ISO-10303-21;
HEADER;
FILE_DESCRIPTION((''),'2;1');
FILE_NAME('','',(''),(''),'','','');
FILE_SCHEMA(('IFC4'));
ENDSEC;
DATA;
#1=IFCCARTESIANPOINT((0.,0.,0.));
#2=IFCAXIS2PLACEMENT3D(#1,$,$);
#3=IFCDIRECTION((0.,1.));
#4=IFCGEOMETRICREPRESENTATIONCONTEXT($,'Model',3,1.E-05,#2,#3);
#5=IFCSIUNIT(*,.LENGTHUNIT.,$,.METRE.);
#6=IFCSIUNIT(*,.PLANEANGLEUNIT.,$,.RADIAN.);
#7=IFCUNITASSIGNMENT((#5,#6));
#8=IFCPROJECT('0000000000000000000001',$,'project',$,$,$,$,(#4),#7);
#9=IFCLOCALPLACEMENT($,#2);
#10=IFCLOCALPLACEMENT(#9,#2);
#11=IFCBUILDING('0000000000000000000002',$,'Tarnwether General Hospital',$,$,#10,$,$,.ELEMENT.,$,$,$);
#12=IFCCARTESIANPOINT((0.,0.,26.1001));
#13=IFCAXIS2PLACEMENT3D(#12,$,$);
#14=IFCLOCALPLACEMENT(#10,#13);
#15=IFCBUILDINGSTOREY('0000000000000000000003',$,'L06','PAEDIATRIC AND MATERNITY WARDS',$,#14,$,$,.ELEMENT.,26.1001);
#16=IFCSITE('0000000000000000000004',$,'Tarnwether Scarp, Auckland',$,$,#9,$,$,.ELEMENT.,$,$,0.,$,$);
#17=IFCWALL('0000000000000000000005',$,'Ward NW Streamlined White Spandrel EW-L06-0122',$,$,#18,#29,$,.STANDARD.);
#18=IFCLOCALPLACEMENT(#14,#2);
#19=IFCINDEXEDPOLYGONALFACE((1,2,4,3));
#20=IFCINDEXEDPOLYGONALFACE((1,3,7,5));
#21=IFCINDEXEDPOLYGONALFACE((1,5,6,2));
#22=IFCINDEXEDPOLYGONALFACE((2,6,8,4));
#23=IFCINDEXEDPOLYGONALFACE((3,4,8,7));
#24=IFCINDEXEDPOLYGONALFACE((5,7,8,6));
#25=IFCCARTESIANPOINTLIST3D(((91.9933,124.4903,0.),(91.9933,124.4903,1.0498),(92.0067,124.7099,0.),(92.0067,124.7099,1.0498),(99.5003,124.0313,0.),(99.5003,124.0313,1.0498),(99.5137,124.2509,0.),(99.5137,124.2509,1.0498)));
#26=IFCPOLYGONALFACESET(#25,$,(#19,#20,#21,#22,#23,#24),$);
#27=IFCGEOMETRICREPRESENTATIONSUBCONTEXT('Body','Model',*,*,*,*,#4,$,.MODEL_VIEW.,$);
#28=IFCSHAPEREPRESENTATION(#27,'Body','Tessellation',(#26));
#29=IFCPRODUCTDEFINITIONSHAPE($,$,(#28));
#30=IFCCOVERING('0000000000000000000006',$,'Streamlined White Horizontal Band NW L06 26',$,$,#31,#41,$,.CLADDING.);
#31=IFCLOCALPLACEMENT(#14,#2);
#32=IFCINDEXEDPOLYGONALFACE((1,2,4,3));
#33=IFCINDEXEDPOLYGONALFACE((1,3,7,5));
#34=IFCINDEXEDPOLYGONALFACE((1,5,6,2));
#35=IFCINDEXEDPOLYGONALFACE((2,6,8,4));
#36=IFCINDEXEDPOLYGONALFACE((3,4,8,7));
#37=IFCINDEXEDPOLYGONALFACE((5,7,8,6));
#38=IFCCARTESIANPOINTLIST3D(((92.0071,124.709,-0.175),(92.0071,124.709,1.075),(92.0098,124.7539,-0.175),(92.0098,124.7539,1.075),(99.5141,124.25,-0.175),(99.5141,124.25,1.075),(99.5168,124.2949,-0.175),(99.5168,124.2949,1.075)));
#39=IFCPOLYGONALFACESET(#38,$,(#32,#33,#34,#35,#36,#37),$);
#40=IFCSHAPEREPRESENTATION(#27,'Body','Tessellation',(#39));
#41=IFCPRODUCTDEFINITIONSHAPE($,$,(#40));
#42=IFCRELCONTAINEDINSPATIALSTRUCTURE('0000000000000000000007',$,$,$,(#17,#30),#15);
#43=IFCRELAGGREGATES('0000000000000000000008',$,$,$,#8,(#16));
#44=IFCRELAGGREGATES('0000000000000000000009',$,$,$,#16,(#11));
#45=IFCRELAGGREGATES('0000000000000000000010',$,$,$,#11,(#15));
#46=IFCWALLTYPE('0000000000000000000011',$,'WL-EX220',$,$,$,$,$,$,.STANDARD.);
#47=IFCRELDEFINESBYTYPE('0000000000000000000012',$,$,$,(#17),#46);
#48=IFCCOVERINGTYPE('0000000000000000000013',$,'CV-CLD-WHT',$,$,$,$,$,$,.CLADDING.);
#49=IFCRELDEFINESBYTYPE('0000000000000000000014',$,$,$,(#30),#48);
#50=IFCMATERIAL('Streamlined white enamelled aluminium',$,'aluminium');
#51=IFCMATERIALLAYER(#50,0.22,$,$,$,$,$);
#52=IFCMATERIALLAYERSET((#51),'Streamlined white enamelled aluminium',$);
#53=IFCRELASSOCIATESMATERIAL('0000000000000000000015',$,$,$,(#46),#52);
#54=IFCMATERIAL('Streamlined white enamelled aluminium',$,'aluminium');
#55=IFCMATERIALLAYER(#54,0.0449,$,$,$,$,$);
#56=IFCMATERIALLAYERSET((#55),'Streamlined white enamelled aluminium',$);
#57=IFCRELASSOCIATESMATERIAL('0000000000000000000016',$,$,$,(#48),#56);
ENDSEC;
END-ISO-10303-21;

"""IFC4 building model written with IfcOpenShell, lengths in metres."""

from ifc_helpers import new_model, si_unit, direction, frame, frame_2d, origin, origin_2d, place, context, subcontext, project, spatial, rectangle, extrude, material, layer, layer_set, type_object, element, save


model = new_model("IFC4")

# Units and contexts
model_context = context("Model", 3, precision=1e-05, world=origin(), true_north=direction((0.0, 1.0)))
body_context = subcontext(model_context, "Body", "Model", "MODEL_VIEW")
ifc_project = project(units=[si_unit("LENGTHUNIT", "METRE"), si_unit("PLANEANGLEUNIT", "RADIAN")], contexts=[model_context])

# Site, building, storey
site_placement = place(None, origin())
site = spatial("IfcSite", under=ifc_project, at=site_placement, Name="Tarnwether Scarp, Auckland", CompositionType="ELEMENT", RefElevation=0.0)
building_placement = place(site_placement, origin())
building = spatial("IfcBuilding", under=site, at=building_placement, Name="Tarnwether General Hospital", CompositionType="ELEMENT")
storey_placement = place(building_placement, frame((0.0, 0.0, 26.1001)))
storey = spatial("IfcBuildingStorey", under=building, at=storey_placement, Name="L06", Description="PAEDIATRIC AND MATERNITY WARDS", CompositionType="ELEMENT", Elevation=26.1001)

# Wall
ifc_material_1 = material(Name="Streamlined white enamelled aluminium", Category="aluminium")
ifc_layer_1 = layer(ifc_material_1, 0.22)
ifc_layer_set_1 = layer_set([ifc_layer_1], Name="Streamlined white enamelled aluminium")
wall_type = type_object("IfcWallType", Name="WL-EX220", PredefinedType="STANDARD", material=ifc_layer_set_1)
wall_placement = place(storey_placement, frame((92.0, 124.6001, 0.0), z_axis=(0.0, 0.0, 1.0), x_axis=(0.998136, -0.061026, 0.0)))
element("IfcWall", 1, at=wall_placement, inside=storey, type_object=wall_type, Name="Ward NW Streamlined White Spandrel EW-L06-0122", PredefinedType="STANDARD", context=body_context, shape_type="SweptSolid", body=[
    extrude(rectangle(XDim=7.521, YDim=0.22, at=frame_2d((3.7605, 0.0))), origin(), (0.0, 0.0, 1.0), 1.0498),
])

# Covering
ifc_material_2 = material(Name="Streamlined white enamelled aluminium", Category="aluminium")
ifc_layer_2 = layer(ifc_material_2, 0.0449)
ifc_layer_set_2 = layer_set([ifc_layer_2], Name="Streamlined white enamelled aluminium")
covering_type = type_object("IfcCoveringType", Name="CV-CLD-WHT", PredefinedType="CLADDING", material=ifc_layer_set_2)
covering_placement = place(storey_placement, frame((95.762, 124.502, -0.175), z_axis=(0.0, 0.0, 1.0), x_axis=(0.998136, -0.061031, 0.0)))
element("IfcCovering", 2, at=covering_placement, inside=storey, type_object=covering_type, Name="Streamlined White Horizontal Band NW L06 26", PredefinedType="CLADDING", context=body_context, shape_type="SweptSolid", body=[
    extrude(rectangle(XDim=7.521, YDim=0.0449, at=origin_2d()), origin(), (0.0, 0.0, 1.0), 1.25),
])

save(model, "model.ifc")
